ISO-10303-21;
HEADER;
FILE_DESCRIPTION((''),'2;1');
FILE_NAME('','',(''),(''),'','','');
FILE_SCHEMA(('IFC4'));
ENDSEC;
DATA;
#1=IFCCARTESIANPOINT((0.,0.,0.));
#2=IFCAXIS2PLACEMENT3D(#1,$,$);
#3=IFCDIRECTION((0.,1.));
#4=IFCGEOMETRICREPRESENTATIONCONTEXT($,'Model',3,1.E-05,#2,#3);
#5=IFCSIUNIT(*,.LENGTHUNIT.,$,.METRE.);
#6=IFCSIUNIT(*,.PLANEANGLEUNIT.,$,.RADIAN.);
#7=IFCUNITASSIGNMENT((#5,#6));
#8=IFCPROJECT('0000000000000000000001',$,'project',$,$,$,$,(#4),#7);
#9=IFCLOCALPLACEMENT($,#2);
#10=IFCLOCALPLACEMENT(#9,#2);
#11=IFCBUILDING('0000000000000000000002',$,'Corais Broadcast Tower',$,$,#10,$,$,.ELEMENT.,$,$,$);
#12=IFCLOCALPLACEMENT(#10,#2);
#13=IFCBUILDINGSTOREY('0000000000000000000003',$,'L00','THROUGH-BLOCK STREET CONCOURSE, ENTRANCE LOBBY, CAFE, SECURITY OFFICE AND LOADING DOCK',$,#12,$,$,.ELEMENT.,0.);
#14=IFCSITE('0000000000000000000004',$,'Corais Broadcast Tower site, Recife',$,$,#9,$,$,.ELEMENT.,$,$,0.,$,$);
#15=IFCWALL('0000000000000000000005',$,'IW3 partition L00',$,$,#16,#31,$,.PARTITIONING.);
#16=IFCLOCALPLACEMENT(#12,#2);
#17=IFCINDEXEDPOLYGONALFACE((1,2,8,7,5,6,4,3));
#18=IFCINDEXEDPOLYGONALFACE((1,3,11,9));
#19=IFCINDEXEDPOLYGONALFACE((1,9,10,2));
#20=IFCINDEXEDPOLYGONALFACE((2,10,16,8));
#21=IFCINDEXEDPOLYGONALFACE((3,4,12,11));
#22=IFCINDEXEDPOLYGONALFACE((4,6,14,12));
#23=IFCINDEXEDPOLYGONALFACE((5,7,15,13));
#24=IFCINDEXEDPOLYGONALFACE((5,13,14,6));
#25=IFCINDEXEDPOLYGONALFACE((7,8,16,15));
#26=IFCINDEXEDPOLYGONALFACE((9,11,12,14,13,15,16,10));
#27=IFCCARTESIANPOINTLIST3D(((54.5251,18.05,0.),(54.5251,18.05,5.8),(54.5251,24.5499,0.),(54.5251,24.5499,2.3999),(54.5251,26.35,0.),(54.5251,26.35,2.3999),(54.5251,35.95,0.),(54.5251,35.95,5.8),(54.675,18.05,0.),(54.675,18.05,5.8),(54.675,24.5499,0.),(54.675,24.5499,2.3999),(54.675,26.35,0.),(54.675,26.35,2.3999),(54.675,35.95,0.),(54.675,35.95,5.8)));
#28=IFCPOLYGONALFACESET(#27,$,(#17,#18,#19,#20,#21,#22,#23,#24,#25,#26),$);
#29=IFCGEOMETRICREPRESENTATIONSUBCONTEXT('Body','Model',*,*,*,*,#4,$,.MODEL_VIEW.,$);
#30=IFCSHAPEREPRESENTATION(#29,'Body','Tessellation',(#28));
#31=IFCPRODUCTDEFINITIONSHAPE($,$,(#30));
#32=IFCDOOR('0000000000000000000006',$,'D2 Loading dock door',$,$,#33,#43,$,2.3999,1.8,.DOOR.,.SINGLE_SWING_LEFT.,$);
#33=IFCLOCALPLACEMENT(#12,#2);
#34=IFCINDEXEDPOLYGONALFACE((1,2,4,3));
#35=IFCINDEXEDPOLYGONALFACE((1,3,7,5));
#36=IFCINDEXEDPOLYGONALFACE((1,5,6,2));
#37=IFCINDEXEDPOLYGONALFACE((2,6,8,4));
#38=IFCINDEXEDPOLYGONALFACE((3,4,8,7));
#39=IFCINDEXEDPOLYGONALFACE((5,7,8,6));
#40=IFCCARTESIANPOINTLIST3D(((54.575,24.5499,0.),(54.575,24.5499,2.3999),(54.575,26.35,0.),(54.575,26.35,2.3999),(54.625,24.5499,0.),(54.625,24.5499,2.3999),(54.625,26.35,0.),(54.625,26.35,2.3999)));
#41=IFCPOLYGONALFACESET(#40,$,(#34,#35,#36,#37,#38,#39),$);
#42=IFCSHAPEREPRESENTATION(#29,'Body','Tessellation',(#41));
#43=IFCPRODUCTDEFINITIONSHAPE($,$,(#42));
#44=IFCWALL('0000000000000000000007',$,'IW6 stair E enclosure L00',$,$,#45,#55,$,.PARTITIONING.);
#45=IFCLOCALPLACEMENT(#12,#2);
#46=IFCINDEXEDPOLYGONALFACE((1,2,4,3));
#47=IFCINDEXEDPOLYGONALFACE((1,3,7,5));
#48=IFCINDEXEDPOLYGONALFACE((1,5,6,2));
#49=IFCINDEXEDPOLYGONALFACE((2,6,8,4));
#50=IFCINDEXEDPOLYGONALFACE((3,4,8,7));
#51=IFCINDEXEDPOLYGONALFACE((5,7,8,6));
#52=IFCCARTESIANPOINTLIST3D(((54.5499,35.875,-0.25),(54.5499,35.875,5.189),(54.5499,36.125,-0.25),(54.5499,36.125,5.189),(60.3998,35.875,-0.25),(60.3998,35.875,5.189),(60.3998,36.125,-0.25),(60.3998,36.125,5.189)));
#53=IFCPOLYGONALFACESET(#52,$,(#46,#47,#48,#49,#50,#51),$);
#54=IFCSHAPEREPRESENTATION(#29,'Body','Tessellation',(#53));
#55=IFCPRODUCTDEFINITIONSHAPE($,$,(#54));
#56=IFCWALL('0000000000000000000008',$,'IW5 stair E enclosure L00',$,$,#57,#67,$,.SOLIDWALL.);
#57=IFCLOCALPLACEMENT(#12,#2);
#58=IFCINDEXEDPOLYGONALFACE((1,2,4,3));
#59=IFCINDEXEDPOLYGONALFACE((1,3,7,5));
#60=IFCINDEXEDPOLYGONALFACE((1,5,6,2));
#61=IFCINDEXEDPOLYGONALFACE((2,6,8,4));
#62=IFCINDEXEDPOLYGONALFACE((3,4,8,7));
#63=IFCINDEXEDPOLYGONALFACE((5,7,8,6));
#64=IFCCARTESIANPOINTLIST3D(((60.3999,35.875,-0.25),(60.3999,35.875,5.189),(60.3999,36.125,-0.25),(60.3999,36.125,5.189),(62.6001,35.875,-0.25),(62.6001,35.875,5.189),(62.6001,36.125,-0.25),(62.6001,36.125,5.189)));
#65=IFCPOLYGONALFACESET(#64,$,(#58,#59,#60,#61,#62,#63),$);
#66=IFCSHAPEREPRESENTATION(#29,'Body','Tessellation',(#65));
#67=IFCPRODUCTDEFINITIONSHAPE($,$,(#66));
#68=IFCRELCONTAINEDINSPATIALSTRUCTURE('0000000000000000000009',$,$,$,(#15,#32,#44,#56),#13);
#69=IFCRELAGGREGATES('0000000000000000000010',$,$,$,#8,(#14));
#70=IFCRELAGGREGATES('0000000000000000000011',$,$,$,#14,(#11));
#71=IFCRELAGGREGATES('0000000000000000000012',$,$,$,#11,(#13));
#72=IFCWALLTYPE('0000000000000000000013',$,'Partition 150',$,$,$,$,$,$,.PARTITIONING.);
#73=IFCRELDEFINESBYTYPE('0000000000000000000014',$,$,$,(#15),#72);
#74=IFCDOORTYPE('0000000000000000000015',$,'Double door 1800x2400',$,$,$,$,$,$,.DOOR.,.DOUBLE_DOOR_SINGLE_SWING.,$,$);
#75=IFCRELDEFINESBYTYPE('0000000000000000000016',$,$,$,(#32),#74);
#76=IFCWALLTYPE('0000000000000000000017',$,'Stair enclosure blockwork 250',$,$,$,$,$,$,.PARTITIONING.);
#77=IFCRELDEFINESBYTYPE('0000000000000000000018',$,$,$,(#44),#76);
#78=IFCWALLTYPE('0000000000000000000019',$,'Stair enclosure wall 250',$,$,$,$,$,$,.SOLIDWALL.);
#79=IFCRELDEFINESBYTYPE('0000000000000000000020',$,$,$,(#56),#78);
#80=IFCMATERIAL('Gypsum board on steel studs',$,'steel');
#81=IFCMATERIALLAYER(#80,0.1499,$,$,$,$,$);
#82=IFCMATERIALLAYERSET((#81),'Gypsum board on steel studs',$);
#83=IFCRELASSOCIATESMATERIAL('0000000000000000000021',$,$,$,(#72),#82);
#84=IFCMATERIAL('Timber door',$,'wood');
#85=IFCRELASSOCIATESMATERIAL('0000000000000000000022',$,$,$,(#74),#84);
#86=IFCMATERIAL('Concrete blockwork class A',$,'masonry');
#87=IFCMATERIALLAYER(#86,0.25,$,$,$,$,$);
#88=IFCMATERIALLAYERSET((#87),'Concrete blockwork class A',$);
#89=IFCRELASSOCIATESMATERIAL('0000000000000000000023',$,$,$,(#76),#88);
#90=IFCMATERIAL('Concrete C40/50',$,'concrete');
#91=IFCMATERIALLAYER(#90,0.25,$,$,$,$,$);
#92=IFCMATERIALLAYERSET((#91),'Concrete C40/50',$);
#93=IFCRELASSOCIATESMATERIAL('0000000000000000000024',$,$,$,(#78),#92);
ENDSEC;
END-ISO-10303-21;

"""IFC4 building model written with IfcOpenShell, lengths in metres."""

from ifc_helpers import new_model, si_unit, direction, frame, frame_2d, origin, place, context, subcontext, project, spatial, rectangle, extrude, material, layer, layer_set, type_object, element, fill, save


model = new_model("IFC4")

# Units and contexts
model_context = context("Model", 3, precision=1e-05, world=origin(), true_north=direction((0.0, 1.0)))
body_context = subcontext(model_context, "Body", "Model", "MODEL_VIEW")
ifc_project = project(units=[si_unit("LENGTHUNIT", "METRE"), si_unit("PLANEANGLEUNIT", "RADIAN")], contexts=[model_context])

# Site, building, storey
site_placement = place(None, origin())
site = spatial("IfcSite", under=ifc_project, at=site_placement, Name="Corais Broadcast Tower site, Recife", CompositionType="ELEMENT", RefElevation=0.0)
building_placement = place(site_placement, origin())
building = spatial("IfcBuilding", under=site, at=building_placement, Name="Corais Broadcast Tower", CompositionType="ELEMENT")
storey_placement = place(building_placement, origin())
storey = spatial("IfcBuildingStorey", under=building, at=storey_placement, Name="L00", Description="THROUGH-BLOCK STREET CONCOURSE, ENTRANCE LOBBY, CAFE, SECURITY OFFICE AND LOADING DOCK", CompositionType="ELEMENT", Elevation=0.0)

# Wall, opening, door
ifc_material_1 = material(Name="Gypsum board on steel studs", Category="steel")
ifc_layer_1 = layer(ifc_material_1, 0.1499)
ifc_layer_set_1 = layer_set([ifc_layer_1], Name="Gypsum board on steel studs")
wall_type_1 = type_object("IfcWallType", Name="Partition 150", PredefinedType="PARTITIONING", material=ifc_layer_set_1)
wall_1_placement = place(storey_placement, frame((54.6001, 35.95, 0.0), z_axis=(0.0, 0.0, 1.0), x_axis=(0.0, -1.0, 0.0)))
wall_1 = element("IfcWall", 1, at=wall_1_placement, inside=storey, type_object=wall_type_1, Name="IW3 partition L00", PredefinedType="PARTITIONING", context=body_context, shape_type="SweptSolid", body=[
    extrude(rectangle(XDim=17.8999, YDim=0.1499, at=frame_2d((8.95, 0.0))), origin(), (0.0, 0.0, 1.0), 5.8),
])
opening_placement = place(wall_1_placement, frame((9.6001, 0.0, 0.0)))
opening = element("IfcOpeningElement", 2, at=opening_placement, cuts=wall_1, PredefinedType="OPENING", context=body_context, shape_type="SweptSolid", body=[
    extrude(rectangle(XDim=1.8, YDim=2.3999, at=frame_2d((0.8999, 1.2))), frame((0.0, 0.085, 0.0), z_axis=(0.0, -1.0, 0.0), x_axis=(1.0, 0.0, 0.0)), (0.0, 0.0, 1.0), 0.1699),
])
ifc_material_2 = material(Name="Timber door", Category="wood")
door_type = type_object("IfcDoorType", Name="Double door 1800x2400", OperationType="DOUBLE_DOOR_SINGLE_SWING", PredefinedType="DOOR", material=ifc_material_2)
door_placement = place(opening_placement, origin())
door = element("IfcDoor", 3, at=door_placement, inside=storey, type_object=door_type, Name="D2 Loading dock door", OperationType="SINGLE_SWING_LEFT", OverallHeight=2.3999, OverallWidth=1.8, PredefinedType="DOOR", context=body_context, shape_type="SweptSolid", body=[
    extrude(rectangle(XDim=1.8, YDim=2.3999, at=frame_2d((0.8999, 1.2))), frame((0.0, 0.0249, 0.0), z_axis=(0.0, -1.0, 0.0), x_axis=(1.0, 0.0, 0.0)), (0.0, 0.0, 1.0), 0.05),
])
fill(opening, door)

# Walls
ifc_material_3 = material(Name="Concrete blockwork class A", Category="masonry")
ifc_layer_2 = layer(ifc_material_3, 0.25)
ifc_layer_set_2 = layer_set([ifc_layer_2], Name="Concrete blockwork class A")
wall_type_2 = type_object("IfcWallType", Name="Stair enclosure blockwork 250", PredefinedType="PARTITIONING", material=ifc_layer_set_2)
wall_2_placement = place(storey_placement, frame((54.55, 36.0, -0.25), z_axis=(0.0, 0.0, 1.0), x_axis=(1.0, 0.0, 0.0)))
element("IfcWall", 4, at=wall_2_placement, inside=storey, type_object=wall_type_2, Name="IW6 stair E enclosure L00", PredefinedType="PARTITIONING", context=body_context, shape_type="SweptSolid", body=[
    extrude(rectangle(XDim=5.8499, YDim=0.25, at=frame_2d((2.9248, 0.0))), origin(), (0.0, 0.0, 1.0), 5.439),
])
ifc_material_4 = material(Name="Concrete C40/50", Category="concrete")
ifc_layer_3 = layer(ifc_material_4, 0.25)
ifc_layer_set_3 = layer_set([ifc_layer_3], Name="Concrete C40/50")
wall_type_3 = type_object("IfcWallType", Name="Stair enclosure wall 250", PredefinedType="SOLIDWALL", material=ifc_layer_set_3)
wall_3_placement = place(storey_placement, frame((60.3999, 36.0, -0.25), z_axis=(0.0, 0.0, 1.0), x_axis=(1.0, 0.0, 0.0)))
element("IfcWall", 5, at=wall_3_placement, inside=storey, type_object=wall_type_3, Name="IW5 stair E enclosure L00", PredefinedType="SOLIDWALL", context=body_context, shape_type="SweptSolid", body=[
    extrude(rectangle(XDim=2.2002, YDim=0.25, at=frame_2d((1.1001, 0.0))), origin(), (0.0, 0.0, 1.0), 5.439),
])

save(model, "model.ifc")
